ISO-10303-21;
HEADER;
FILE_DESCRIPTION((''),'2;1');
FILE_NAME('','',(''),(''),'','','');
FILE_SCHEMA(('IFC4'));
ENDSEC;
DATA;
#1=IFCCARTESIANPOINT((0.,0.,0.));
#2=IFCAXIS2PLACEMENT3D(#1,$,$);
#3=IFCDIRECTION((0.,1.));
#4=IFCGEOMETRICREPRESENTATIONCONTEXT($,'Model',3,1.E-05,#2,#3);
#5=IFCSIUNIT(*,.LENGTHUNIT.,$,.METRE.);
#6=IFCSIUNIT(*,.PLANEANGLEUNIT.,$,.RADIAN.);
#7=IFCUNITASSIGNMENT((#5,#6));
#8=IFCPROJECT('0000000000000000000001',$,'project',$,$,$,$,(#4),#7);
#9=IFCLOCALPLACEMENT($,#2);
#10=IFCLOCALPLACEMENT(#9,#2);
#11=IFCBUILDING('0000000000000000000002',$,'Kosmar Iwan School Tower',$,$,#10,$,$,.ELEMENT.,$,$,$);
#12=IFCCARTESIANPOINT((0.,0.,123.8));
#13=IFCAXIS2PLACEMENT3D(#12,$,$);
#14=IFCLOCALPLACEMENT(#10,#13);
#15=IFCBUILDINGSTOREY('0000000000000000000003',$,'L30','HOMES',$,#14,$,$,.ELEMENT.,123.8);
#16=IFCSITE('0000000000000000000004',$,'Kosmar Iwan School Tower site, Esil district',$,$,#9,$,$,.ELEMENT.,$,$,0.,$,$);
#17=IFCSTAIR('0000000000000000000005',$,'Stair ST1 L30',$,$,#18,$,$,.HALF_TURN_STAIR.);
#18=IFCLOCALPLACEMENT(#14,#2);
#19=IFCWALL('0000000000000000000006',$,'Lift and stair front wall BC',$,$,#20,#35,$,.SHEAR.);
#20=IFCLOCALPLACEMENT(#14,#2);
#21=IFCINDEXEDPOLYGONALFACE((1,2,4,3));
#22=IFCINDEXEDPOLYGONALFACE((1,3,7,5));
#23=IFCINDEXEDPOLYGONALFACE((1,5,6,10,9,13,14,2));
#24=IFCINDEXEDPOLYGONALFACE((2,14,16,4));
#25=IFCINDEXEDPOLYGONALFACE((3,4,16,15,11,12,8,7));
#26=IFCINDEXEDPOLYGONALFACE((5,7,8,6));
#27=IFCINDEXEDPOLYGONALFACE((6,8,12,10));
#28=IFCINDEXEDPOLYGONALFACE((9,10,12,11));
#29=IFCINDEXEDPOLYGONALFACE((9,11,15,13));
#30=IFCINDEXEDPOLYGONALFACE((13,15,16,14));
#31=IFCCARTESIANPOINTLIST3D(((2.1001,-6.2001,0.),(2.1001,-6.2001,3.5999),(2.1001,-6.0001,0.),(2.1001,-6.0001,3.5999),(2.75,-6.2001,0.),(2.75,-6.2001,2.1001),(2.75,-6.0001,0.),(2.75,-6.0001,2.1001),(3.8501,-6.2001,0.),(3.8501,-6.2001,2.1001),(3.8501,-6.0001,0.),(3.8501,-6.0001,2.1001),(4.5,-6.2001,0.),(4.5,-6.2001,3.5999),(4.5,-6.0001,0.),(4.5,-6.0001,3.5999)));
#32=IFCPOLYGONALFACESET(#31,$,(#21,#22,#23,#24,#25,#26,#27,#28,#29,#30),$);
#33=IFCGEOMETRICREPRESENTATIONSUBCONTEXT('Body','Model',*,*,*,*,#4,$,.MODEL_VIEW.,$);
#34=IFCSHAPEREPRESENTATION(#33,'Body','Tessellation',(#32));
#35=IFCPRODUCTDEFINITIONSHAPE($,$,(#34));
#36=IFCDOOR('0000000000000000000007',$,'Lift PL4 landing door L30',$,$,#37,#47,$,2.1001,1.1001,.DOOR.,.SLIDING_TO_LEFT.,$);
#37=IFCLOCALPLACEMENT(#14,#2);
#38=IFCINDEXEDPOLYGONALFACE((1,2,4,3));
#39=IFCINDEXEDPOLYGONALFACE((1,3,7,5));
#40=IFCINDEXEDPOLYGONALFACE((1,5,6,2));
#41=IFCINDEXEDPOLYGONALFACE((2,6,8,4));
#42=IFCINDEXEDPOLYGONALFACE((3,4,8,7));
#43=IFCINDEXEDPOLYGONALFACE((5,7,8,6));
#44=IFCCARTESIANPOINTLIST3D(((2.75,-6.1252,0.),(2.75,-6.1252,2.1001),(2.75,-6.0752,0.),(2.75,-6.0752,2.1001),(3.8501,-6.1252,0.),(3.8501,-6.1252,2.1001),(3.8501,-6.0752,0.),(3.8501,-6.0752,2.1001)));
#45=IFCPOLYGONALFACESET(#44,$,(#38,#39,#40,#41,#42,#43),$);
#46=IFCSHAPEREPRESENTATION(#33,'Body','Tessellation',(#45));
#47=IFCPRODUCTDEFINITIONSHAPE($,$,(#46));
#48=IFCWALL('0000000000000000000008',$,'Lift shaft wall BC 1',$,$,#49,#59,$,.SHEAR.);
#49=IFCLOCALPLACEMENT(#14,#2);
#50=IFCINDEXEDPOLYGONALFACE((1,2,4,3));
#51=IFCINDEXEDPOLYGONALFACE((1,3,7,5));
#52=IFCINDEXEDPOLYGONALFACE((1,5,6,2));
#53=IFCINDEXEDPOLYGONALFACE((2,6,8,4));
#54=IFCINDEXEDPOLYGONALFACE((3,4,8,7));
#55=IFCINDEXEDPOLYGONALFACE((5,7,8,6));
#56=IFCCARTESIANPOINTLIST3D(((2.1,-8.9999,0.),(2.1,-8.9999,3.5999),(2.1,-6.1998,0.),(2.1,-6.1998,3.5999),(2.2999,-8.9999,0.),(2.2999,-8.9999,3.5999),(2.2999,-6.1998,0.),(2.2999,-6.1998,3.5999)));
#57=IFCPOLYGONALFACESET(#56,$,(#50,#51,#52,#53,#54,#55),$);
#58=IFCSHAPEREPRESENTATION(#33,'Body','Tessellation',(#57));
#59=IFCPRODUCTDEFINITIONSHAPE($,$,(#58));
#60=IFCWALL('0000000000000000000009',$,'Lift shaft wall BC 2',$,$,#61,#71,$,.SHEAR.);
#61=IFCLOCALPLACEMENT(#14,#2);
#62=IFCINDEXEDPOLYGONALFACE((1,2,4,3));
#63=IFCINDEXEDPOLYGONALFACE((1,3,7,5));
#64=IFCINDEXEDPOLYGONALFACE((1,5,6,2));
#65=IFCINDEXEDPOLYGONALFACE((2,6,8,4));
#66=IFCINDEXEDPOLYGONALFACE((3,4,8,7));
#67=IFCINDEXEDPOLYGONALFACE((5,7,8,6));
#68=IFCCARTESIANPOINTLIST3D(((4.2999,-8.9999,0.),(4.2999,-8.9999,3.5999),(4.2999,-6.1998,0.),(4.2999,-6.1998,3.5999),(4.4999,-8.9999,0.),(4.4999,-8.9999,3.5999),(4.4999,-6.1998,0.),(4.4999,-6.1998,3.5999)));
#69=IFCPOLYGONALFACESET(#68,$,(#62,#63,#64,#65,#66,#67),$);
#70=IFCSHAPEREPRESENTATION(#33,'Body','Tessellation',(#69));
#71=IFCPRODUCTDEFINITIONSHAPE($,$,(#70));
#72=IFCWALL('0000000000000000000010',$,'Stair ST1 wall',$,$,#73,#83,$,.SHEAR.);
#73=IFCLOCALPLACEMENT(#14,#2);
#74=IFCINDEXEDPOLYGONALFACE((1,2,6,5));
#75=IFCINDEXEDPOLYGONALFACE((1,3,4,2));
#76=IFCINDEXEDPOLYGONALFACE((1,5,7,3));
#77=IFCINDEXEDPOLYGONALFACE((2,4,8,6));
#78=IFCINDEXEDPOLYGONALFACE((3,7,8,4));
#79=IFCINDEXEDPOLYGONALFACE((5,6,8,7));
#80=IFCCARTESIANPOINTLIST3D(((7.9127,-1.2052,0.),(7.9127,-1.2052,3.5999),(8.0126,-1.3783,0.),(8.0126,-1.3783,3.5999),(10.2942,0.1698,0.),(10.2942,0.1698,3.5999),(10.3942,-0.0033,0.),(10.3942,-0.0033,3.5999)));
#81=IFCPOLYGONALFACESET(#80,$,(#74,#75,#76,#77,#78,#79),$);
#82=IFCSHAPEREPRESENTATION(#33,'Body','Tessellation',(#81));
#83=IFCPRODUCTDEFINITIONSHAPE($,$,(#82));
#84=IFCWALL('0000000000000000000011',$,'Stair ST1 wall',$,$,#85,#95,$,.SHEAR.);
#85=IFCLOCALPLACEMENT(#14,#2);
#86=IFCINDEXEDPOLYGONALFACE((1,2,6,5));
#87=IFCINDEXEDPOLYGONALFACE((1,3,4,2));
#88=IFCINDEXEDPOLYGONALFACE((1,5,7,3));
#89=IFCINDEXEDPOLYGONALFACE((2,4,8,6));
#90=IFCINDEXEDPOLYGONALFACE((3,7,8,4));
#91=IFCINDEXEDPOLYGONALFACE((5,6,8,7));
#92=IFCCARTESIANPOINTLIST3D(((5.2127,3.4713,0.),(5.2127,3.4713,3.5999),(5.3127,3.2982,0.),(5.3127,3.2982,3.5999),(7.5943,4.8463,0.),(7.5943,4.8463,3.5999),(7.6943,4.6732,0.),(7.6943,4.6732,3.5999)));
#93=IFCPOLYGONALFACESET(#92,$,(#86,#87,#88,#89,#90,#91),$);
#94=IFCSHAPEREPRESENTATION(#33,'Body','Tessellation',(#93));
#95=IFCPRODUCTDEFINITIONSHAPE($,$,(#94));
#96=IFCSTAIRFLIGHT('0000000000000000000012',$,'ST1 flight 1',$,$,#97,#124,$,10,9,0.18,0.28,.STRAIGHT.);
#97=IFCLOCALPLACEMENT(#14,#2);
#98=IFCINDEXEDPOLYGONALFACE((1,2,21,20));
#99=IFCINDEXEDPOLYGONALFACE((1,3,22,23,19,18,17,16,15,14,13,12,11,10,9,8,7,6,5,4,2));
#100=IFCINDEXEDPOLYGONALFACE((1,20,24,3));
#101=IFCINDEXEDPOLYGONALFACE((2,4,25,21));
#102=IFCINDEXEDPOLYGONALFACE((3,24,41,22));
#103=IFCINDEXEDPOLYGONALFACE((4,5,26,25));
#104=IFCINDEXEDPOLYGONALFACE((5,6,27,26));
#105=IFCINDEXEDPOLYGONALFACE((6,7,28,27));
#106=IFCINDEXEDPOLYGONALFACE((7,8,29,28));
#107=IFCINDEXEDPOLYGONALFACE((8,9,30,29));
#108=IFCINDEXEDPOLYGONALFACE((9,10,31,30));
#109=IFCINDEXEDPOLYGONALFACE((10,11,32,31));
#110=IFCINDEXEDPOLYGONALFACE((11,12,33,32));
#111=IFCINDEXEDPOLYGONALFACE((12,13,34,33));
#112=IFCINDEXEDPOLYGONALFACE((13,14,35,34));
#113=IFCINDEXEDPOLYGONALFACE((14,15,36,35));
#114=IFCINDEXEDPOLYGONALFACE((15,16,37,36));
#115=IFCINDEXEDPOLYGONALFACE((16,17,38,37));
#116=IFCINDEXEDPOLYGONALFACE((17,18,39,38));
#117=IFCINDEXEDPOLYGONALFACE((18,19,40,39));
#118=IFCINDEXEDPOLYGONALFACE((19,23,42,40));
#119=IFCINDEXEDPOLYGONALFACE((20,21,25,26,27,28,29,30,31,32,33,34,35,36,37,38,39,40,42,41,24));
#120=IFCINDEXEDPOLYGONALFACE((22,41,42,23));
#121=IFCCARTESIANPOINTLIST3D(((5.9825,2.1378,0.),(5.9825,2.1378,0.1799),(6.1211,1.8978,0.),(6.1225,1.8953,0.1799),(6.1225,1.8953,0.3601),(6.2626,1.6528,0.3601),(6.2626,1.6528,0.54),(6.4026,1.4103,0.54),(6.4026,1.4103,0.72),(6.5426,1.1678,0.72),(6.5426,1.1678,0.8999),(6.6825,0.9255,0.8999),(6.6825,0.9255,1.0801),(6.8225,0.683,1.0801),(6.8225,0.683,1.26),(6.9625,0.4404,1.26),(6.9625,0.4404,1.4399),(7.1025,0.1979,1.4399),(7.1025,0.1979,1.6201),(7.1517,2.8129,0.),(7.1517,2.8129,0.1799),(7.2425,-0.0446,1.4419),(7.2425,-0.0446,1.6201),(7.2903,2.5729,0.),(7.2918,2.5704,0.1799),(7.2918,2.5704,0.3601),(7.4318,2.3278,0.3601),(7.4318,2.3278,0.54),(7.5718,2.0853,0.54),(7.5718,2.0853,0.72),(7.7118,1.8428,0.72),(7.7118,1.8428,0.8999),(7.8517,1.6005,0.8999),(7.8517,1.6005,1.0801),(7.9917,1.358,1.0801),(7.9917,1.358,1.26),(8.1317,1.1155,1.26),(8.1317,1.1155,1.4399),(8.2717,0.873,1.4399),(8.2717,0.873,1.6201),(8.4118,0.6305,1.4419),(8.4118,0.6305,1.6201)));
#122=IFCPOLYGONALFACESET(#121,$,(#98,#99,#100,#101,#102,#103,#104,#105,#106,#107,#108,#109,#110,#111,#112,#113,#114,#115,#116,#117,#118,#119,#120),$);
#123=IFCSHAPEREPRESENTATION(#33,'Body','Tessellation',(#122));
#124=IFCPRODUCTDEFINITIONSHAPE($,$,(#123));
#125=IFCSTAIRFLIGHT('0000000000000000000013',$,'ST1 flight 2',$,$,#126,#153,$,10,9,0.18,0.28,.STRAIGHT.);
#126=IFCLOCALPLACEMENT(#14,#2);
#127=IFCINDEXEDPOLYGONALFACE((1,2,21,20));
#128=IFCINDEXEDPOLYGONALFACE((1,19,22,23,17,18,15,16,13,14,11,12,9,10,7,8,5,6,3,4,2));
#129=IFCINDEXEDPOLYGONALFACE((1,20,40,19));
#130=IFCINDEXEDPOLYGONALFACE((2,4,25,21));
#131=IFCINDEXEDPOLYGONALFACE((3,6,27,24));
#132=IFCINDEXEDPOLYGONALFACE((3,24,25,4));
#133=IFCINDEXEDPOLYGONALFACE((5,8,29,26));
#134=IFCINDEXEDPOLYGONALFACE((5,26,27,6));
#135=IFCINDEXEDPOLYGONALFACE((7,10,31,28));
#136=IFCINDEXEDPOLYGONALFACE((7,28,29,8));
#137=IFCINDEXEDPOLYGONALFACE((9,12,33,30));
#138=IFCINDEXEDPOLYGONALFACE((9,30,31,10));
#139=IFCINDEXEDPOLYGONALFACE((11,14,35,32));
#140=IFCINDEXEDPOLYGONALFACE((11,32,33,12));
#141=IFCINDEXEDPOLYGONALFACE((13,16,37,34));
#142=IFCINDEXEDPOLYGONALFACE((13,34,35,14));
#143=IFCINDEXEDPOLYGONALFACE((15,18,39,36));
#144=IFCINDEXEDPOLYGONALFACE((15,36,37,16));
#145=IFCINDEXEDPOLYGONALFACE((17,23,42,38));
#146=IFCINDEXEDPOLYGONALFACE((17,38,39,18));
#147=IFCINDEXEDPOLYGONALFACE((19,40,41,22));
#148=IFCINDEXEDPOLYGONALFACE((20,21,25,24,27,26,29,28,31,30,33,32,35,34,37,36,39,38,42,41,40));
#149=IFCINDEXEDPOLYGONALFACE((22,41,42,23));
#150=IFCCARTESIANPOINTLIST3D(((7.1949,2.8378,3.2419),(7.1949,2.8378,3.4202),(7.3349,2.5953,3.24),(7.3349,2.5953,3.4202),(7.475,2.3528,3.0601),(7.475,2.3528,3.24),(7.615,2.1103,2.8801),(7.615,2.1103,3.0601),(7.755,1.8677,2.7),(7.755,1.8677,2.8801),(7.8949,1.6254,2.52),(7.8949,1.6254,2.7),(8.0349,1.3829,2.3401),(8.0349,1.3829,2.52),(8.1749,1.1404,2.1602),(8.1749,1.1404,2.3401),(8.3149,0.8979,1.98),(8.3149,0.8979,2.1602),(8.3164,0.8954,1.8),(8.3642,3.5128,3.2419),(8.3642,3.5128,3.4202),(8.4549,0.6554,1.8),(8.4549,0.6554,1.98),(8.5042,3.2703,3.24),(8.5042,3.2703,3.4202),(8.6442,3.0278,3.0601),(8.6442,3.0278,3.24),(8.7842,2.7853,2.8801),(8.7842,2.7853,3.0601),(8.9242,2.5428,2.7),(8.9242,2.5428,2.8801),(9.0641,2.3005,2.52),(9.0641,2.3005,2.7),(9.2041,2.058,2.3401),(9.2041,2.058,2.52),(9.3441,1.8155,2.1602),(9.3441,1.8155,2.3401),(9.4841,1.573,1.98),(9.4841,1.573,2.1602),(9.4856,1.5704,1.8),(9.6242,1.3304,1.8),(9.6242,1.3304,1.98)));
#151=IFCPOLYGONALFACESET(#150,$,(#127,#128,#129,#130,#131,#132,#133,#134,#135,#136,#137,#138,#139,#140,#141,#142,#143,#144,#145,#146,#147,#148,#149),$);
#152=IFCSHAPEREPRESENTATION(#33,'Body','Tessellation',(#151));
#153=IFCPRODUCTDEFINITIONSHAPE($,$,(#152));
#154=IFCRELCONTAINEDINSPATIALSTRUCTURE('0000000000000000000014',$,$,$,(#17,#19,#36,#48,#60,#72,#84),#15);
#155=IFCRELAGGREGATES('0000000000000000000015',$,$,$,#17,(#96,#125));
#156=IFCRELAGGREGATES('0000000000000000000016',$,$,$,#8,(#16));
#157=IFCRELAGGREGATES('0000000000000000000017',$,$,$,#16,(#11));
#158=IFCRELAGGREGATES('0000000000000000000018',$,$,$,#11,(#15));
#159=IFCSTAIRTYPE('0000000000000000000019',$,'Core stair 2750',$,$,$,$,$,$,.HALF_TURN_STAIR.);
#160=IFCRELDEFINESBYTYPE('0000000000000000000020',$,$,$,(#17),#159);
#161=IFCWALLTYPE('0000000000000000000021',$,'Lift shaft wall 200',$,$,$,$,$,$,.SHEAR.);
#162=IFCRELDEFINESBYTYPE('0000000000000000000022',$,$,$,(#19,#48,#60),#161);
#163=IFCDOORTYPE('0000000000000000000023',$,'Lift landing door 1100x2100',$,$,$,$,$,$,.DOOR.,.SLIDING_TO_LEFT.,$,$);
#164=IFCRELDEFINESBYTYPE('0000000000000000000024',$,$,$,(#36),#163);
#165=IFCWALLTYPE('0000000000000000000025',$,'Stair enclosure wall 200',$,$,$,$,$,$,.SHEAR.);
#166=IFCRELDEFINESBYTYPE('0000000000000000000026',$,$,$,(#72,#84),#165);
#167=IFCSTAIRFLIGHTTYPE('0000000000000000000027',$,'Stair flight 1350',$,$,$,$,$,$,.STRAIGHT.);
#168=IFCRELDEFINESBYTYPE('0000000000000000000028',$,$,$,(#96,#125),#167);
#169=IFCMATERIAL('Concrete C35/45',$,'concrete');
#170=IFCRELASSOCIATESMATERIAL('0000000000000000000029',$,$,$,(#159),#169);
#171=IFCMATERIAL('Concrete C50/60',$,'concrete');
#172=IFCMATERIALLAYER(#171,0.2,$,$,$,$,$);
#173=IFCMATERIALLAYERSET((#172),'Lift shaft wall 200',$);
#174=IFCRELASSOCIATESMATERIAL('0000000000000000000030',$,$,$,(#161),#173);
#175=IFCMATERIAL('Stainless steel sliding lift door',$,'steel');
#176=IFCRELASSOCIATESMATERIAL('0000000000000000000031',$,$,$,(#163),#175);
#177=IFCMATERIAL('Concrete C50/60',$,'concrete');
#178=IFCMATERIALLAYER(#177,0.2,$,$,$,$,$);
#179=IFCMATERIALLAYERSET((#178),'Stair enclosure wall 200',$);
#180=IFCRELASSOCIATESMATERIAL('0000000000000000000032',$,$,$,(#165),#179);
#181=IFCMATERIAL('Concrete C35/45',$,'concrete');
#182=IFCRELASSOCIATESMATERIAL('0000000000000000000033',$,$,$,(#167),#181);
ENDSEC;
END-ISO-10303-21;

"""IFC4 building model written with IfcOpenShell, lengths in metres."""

from ifc_helpers import new_model, si_unit, direction, frame, frame_2d, origin, place, context, subcontext, project, spatial, polyline, rectangle, outline, extrude, material, layer, layer_set, type_object, element, fill, aggregate, save


model = new_model("IFC4")

# Units and contexts
model_context = context("Model", 3, precision=1e-05, world=origin(), true_north=direction((0.0, 1.0)))
body_context = subcontext(model_context, "Body", "Model", "MODEL_VIEW")
ifc_project = project(units=[si_unit("LENGTHUNIT", "METRE"), si_unit("PLANEANGLEUNIT", "RADIAN")], contexts=[model_context])

# Site, building, storey
site_placement = place(None, origin())
site = spatial("IfcSite", under=ifc_project, at=site_placement, Name="Kosmar Iwan School Tower site, Esil district", CompositionType="ELEMENT", RefElevation=0.0)
building_placement = place(site_placement, origin())
building = spatial("IfcBuilding", under=site, at=building_placement, Name="Kosmar Iwan School Tower", CompositionType="ELEMENT")
storey_placement = place(building_placement, frame((0.0, 0.0, 123.8)))
storey = spatial("IfcBuildingStorey", under=building, at=storey_placement, Name="L30", Description="HOMES", CompositionType="ELEMENT", Elevation=123.8)

# Stair
ifc_material_1 = material(Name="Concrete C35/45", Category="concrete")
stair_type_1 = type_object("IfcStairType", Name="Core stair 2750", PredefinedType="HALF_TURN_STAIR", material=ifc_material_1)
stair_1_placement = place(storey_placement, origin())
stair_1 = element("IfcStair", 1, at=stair_1_placement, inside=storey, type_object=stair_type_1, Name="Stair ST1 L30", PredefinedType="HALF_TURN_STAIR")

# Shared definitions
ifc_material_2 = material(Name="Concrete C50/60", Category="concrete")
ifc_layer_1 = layer(ifc_material_2, 0.2)
ifc_layer_set_1 = layer_set([ifc_layer_1], Name="Lift shaft wall 200")
wall_type_1 = type_object("IfcWallType", Name="Lift shaft wall 200", PredefinedType="SHEAR", material=ifc_layer_set_1)

# Wall, opening, door
wall_1_placement = place(storey_placement, frame((2.1001, -6.1001, 0.0), z_axis=(0.0, 0.0, 1.0), x_axis=(1.0, 0.0, 0.0)))
wall_1 = element("IfcWall", 2, at=wall_1_placement, inside=storey, type_object=wall_type_1, Name="Lift and stair front wall BC", PredefinedType="SHEAR", context=body_context, shape_type="SweptSolid", body=[
    extrude(rectangle(XDim=2.3999, YDim=0.2, at=frame_2d((1.2, 0.0))), origin(), (0.0, 0.0, 1.0), 3.5999),
])
opening_1_placement = place(wall_1_placement, frame((0.6499, 0.0, 0.0)))
opening_1 = element("IfcOpeningElement", 3, at=opening_1_placement, cuts=wall_1, PredefinedType="OPENING", context=body_context, shape_type="SweptSolid", body=[
    extrude(rectangle(XDim=1.1001, YDim=2.1001, at=frame_2d((0.55, 1.05))), frame((0.0, 0.1121, 0.0), z_axis=(0.0, -1.0, 0.0), x_axis=(1.0, 0.0, 0.0)), (0.0, 0.0, 1.0), 0.2239),
])
ifc_material_3 = material(Name="Stainless steel sliding lift door", Category="steel")
door_type_1 = type_object("IfcDoorType", Name="Lift landing door 1100x2100", OperationType="SLIDING_TO_LEFT", PredefinedType="DOOR", material=ifc_material_3)
door_1_placement = place(opening_1_placement, origin())
door_1 = element("IfcDoor", 4, at=door_1_placement, inside=storey, type_object=door_type_1, Name="Lift PL4 landing door L30", OperationType="SLIDING_TO_LEFT", OverallHeight=2.1001, OverallWidth=1.1001, PredefinedType="DOOR", context=body_context, shape_type="SweptSolid", body=[
    extrude(rectangle(XDim=1.1001, YDim=2.1001, at=frame_2d((0.55, 1.05))), frame((0.0, 0.0249, 0.0), z_axis=(0.0, -1.0, 0.0), x_axis=(1.0, 0.0, 0.0)), (0.0, 0.0, 1.0), 0.05),
])
fill(opening_1, door_1)

# Walls
for number, where, z_axis, x_axis, name in (
    (5, (2.2, -6.2, 0.0), (0.0, 0.0, 1.0), (0.0, -1.0, 0.0), "Lift shaft wall BC 1"),
    (6, (4.3999, -6.2, 0.0), (0.0, 0.0, 1.0), (0.0, -1.0, 0.0), "Lift shaft wall BC 2"),
):
    element("IfcWall", number, at=place(storey_placement, frame(where, z_axis=z_axis, x_axis=x_axis)), inside=storey, type_object=wall_type_1, Name=name, PredefinedType="SHEAR", context=body_context, shape_type="SweptSolid", body=[
        extrude(rectangle(XDim=2.8, YDim=0.2, at=frame_2d((1.3999, 0.0))), origin(), (0.0, 0.0, 1.0), 3.5999),
    ])
ifc_material_4 = material(Name="Concrete C50/60", Category="concrete")
ifc_layer_2 = layer(ifc_material_4, 0.2)
ifc_layer_set_2 = layer_set([ifc_layer_2], Name="Stair enclosure wall 200")
wall_type_2 = type_object("IfcWallType", Name="Stair enclosure wall 200", PredefinedType="SHEAR", material=ifc_layer_set_2)
for number, where, z_axis, x_axis, name in (
    (7, (7.9626, -1.2917, 0.0), (0.0, 0.0, 1.0), (0.866027, 0.499997, 0.0), "Stair ST1 wall"),
    (8, (5.2627, 3.3848, 0.0), (0.0, 0.0, 1.0), (0.866027, 0.499997, 0.0), "Stair ST1 wall"),
):
    element("IfcWall", number, at=place(storey_placement, frame(where, z_axis=z_axis, x_axis=x_axis)), inside=storey, type_object=wall_type_2, Name=name, PredefinedType="SHEAR", context=body_context, shape_type="SweptSolid", body=[
        extrude(rectangle(XDim=2.75, YDim=0.2, at=frame_2d((1.375, 0.0))), origin(), (0.0, 0.0, 1.0), 3.5999),
    ])

# Stair flights
ifc_material_5 = material(Name="Concrete C35/45", Category="concrete")
stair_flight_type = type_object("IfcStairFlightType", Name="Stair flight 1350", PredefinedType="STRAIGHT", material=ifc_material_5)
stair_flight_1_placement = place(storey_placement, frame((6.5671, 2.4753, 0.0), z_axis=(0.0, 0.0, 1.0), x_axis=(0.5, -0.866025, 0.0)))
stair_flight_1 = element("IfcStairFlight", 9, at=stair_flight_1_placement, type_object=stair_flight_type, Name="ST1 flight 1", NumberOfRisers=10, NumberOfTreads=9, PredefinedType="STRAIGHT", RiserHeight=0.18, TreadLength=0.28, context=body_context, shape_type="SweptSolid", body=[
    extrude(outline(polyline([(0.0, 0.0), (0.0, 0.1799), (0.28, 0.1799), (0.28, 0.3601), (0.5601, 0.3601), (0.5601, 0.54), (0.8401, 0.54), (0.8401, 0.72), (1.1201, 0.72), (1.1201, 0.8999), (1.3999, 0.8999), (1.3999, 1.0801), (1.6799, 1.0801), (1.6799, 1.26), (1.96, 1.26), (1.96, 1.4399), (2.24, 1.4399), (2.24, 1.6201), (2.52, 1.6201), (2.52, 1.8), (2.52, 1.4419), (0.2771, 0.0), (0.0, 0.0)])), frame((0.0, 0.675, 0.0), z_axis=(0.0, -1.0, 0.0), x_axis=(1.0, 0.0, 0.0)), (0.0, 0.0, 1.0), 1.3501),
])
stair_flight_2_placement = place(storey_placement, frame((9.0396, 0.9929, 1.8), z_axis=(0.0, 0.0, 1.0), x_axis=(-0.5, 0.866025, 0.0)))
stair_flight_2 = element("IfcStairFlight", 10, at=stair_flight_2_placement, type_object=stair_flight_type, Name="ST1 flight 2", NumberOfRisers=10, NumberOfTreads=9, PredefinedType="STRAIGHT", RiserHeight=0.18, TreadLength=0.28, context=body_context, shape_type="SweptSolid", body=[
    extrude(outline(polyline([(0.0, 0.0), (0.0, 0.1799), (0.28, 0.1799), (0.28, 0.3601), (0.5601, 0.3601), (0.5601, 0.54), (0.8401, 0.54), (0.8401, 0.72), (1.1201, 0.72), (1.1201, 0.8999), (1.3999, 0.8999), (1.3999, 1.0801), (1.6799, 1.0801), (1.6799, 1.26), (1.96, 1.26), (1.96, 1.4399), (2.24, 1.4399), (2.24, 1.6201), (2.52, 1.6201), (2.52, 1.8), (2.52, 1.4419), (0.2771, 0.0), (0.0, 0.0)])), frame((0.0, 0.675, 0.0), z_axis=(0.0, -1.0, 0.0), x_axis=(1.0, 0.0, 0.0)), (0.0, 0.0, 1.0), 1.3501),
])
aggregate(stair_1, [stair_flight_1, stair_flight_2])

save(model, "model.ifc")
